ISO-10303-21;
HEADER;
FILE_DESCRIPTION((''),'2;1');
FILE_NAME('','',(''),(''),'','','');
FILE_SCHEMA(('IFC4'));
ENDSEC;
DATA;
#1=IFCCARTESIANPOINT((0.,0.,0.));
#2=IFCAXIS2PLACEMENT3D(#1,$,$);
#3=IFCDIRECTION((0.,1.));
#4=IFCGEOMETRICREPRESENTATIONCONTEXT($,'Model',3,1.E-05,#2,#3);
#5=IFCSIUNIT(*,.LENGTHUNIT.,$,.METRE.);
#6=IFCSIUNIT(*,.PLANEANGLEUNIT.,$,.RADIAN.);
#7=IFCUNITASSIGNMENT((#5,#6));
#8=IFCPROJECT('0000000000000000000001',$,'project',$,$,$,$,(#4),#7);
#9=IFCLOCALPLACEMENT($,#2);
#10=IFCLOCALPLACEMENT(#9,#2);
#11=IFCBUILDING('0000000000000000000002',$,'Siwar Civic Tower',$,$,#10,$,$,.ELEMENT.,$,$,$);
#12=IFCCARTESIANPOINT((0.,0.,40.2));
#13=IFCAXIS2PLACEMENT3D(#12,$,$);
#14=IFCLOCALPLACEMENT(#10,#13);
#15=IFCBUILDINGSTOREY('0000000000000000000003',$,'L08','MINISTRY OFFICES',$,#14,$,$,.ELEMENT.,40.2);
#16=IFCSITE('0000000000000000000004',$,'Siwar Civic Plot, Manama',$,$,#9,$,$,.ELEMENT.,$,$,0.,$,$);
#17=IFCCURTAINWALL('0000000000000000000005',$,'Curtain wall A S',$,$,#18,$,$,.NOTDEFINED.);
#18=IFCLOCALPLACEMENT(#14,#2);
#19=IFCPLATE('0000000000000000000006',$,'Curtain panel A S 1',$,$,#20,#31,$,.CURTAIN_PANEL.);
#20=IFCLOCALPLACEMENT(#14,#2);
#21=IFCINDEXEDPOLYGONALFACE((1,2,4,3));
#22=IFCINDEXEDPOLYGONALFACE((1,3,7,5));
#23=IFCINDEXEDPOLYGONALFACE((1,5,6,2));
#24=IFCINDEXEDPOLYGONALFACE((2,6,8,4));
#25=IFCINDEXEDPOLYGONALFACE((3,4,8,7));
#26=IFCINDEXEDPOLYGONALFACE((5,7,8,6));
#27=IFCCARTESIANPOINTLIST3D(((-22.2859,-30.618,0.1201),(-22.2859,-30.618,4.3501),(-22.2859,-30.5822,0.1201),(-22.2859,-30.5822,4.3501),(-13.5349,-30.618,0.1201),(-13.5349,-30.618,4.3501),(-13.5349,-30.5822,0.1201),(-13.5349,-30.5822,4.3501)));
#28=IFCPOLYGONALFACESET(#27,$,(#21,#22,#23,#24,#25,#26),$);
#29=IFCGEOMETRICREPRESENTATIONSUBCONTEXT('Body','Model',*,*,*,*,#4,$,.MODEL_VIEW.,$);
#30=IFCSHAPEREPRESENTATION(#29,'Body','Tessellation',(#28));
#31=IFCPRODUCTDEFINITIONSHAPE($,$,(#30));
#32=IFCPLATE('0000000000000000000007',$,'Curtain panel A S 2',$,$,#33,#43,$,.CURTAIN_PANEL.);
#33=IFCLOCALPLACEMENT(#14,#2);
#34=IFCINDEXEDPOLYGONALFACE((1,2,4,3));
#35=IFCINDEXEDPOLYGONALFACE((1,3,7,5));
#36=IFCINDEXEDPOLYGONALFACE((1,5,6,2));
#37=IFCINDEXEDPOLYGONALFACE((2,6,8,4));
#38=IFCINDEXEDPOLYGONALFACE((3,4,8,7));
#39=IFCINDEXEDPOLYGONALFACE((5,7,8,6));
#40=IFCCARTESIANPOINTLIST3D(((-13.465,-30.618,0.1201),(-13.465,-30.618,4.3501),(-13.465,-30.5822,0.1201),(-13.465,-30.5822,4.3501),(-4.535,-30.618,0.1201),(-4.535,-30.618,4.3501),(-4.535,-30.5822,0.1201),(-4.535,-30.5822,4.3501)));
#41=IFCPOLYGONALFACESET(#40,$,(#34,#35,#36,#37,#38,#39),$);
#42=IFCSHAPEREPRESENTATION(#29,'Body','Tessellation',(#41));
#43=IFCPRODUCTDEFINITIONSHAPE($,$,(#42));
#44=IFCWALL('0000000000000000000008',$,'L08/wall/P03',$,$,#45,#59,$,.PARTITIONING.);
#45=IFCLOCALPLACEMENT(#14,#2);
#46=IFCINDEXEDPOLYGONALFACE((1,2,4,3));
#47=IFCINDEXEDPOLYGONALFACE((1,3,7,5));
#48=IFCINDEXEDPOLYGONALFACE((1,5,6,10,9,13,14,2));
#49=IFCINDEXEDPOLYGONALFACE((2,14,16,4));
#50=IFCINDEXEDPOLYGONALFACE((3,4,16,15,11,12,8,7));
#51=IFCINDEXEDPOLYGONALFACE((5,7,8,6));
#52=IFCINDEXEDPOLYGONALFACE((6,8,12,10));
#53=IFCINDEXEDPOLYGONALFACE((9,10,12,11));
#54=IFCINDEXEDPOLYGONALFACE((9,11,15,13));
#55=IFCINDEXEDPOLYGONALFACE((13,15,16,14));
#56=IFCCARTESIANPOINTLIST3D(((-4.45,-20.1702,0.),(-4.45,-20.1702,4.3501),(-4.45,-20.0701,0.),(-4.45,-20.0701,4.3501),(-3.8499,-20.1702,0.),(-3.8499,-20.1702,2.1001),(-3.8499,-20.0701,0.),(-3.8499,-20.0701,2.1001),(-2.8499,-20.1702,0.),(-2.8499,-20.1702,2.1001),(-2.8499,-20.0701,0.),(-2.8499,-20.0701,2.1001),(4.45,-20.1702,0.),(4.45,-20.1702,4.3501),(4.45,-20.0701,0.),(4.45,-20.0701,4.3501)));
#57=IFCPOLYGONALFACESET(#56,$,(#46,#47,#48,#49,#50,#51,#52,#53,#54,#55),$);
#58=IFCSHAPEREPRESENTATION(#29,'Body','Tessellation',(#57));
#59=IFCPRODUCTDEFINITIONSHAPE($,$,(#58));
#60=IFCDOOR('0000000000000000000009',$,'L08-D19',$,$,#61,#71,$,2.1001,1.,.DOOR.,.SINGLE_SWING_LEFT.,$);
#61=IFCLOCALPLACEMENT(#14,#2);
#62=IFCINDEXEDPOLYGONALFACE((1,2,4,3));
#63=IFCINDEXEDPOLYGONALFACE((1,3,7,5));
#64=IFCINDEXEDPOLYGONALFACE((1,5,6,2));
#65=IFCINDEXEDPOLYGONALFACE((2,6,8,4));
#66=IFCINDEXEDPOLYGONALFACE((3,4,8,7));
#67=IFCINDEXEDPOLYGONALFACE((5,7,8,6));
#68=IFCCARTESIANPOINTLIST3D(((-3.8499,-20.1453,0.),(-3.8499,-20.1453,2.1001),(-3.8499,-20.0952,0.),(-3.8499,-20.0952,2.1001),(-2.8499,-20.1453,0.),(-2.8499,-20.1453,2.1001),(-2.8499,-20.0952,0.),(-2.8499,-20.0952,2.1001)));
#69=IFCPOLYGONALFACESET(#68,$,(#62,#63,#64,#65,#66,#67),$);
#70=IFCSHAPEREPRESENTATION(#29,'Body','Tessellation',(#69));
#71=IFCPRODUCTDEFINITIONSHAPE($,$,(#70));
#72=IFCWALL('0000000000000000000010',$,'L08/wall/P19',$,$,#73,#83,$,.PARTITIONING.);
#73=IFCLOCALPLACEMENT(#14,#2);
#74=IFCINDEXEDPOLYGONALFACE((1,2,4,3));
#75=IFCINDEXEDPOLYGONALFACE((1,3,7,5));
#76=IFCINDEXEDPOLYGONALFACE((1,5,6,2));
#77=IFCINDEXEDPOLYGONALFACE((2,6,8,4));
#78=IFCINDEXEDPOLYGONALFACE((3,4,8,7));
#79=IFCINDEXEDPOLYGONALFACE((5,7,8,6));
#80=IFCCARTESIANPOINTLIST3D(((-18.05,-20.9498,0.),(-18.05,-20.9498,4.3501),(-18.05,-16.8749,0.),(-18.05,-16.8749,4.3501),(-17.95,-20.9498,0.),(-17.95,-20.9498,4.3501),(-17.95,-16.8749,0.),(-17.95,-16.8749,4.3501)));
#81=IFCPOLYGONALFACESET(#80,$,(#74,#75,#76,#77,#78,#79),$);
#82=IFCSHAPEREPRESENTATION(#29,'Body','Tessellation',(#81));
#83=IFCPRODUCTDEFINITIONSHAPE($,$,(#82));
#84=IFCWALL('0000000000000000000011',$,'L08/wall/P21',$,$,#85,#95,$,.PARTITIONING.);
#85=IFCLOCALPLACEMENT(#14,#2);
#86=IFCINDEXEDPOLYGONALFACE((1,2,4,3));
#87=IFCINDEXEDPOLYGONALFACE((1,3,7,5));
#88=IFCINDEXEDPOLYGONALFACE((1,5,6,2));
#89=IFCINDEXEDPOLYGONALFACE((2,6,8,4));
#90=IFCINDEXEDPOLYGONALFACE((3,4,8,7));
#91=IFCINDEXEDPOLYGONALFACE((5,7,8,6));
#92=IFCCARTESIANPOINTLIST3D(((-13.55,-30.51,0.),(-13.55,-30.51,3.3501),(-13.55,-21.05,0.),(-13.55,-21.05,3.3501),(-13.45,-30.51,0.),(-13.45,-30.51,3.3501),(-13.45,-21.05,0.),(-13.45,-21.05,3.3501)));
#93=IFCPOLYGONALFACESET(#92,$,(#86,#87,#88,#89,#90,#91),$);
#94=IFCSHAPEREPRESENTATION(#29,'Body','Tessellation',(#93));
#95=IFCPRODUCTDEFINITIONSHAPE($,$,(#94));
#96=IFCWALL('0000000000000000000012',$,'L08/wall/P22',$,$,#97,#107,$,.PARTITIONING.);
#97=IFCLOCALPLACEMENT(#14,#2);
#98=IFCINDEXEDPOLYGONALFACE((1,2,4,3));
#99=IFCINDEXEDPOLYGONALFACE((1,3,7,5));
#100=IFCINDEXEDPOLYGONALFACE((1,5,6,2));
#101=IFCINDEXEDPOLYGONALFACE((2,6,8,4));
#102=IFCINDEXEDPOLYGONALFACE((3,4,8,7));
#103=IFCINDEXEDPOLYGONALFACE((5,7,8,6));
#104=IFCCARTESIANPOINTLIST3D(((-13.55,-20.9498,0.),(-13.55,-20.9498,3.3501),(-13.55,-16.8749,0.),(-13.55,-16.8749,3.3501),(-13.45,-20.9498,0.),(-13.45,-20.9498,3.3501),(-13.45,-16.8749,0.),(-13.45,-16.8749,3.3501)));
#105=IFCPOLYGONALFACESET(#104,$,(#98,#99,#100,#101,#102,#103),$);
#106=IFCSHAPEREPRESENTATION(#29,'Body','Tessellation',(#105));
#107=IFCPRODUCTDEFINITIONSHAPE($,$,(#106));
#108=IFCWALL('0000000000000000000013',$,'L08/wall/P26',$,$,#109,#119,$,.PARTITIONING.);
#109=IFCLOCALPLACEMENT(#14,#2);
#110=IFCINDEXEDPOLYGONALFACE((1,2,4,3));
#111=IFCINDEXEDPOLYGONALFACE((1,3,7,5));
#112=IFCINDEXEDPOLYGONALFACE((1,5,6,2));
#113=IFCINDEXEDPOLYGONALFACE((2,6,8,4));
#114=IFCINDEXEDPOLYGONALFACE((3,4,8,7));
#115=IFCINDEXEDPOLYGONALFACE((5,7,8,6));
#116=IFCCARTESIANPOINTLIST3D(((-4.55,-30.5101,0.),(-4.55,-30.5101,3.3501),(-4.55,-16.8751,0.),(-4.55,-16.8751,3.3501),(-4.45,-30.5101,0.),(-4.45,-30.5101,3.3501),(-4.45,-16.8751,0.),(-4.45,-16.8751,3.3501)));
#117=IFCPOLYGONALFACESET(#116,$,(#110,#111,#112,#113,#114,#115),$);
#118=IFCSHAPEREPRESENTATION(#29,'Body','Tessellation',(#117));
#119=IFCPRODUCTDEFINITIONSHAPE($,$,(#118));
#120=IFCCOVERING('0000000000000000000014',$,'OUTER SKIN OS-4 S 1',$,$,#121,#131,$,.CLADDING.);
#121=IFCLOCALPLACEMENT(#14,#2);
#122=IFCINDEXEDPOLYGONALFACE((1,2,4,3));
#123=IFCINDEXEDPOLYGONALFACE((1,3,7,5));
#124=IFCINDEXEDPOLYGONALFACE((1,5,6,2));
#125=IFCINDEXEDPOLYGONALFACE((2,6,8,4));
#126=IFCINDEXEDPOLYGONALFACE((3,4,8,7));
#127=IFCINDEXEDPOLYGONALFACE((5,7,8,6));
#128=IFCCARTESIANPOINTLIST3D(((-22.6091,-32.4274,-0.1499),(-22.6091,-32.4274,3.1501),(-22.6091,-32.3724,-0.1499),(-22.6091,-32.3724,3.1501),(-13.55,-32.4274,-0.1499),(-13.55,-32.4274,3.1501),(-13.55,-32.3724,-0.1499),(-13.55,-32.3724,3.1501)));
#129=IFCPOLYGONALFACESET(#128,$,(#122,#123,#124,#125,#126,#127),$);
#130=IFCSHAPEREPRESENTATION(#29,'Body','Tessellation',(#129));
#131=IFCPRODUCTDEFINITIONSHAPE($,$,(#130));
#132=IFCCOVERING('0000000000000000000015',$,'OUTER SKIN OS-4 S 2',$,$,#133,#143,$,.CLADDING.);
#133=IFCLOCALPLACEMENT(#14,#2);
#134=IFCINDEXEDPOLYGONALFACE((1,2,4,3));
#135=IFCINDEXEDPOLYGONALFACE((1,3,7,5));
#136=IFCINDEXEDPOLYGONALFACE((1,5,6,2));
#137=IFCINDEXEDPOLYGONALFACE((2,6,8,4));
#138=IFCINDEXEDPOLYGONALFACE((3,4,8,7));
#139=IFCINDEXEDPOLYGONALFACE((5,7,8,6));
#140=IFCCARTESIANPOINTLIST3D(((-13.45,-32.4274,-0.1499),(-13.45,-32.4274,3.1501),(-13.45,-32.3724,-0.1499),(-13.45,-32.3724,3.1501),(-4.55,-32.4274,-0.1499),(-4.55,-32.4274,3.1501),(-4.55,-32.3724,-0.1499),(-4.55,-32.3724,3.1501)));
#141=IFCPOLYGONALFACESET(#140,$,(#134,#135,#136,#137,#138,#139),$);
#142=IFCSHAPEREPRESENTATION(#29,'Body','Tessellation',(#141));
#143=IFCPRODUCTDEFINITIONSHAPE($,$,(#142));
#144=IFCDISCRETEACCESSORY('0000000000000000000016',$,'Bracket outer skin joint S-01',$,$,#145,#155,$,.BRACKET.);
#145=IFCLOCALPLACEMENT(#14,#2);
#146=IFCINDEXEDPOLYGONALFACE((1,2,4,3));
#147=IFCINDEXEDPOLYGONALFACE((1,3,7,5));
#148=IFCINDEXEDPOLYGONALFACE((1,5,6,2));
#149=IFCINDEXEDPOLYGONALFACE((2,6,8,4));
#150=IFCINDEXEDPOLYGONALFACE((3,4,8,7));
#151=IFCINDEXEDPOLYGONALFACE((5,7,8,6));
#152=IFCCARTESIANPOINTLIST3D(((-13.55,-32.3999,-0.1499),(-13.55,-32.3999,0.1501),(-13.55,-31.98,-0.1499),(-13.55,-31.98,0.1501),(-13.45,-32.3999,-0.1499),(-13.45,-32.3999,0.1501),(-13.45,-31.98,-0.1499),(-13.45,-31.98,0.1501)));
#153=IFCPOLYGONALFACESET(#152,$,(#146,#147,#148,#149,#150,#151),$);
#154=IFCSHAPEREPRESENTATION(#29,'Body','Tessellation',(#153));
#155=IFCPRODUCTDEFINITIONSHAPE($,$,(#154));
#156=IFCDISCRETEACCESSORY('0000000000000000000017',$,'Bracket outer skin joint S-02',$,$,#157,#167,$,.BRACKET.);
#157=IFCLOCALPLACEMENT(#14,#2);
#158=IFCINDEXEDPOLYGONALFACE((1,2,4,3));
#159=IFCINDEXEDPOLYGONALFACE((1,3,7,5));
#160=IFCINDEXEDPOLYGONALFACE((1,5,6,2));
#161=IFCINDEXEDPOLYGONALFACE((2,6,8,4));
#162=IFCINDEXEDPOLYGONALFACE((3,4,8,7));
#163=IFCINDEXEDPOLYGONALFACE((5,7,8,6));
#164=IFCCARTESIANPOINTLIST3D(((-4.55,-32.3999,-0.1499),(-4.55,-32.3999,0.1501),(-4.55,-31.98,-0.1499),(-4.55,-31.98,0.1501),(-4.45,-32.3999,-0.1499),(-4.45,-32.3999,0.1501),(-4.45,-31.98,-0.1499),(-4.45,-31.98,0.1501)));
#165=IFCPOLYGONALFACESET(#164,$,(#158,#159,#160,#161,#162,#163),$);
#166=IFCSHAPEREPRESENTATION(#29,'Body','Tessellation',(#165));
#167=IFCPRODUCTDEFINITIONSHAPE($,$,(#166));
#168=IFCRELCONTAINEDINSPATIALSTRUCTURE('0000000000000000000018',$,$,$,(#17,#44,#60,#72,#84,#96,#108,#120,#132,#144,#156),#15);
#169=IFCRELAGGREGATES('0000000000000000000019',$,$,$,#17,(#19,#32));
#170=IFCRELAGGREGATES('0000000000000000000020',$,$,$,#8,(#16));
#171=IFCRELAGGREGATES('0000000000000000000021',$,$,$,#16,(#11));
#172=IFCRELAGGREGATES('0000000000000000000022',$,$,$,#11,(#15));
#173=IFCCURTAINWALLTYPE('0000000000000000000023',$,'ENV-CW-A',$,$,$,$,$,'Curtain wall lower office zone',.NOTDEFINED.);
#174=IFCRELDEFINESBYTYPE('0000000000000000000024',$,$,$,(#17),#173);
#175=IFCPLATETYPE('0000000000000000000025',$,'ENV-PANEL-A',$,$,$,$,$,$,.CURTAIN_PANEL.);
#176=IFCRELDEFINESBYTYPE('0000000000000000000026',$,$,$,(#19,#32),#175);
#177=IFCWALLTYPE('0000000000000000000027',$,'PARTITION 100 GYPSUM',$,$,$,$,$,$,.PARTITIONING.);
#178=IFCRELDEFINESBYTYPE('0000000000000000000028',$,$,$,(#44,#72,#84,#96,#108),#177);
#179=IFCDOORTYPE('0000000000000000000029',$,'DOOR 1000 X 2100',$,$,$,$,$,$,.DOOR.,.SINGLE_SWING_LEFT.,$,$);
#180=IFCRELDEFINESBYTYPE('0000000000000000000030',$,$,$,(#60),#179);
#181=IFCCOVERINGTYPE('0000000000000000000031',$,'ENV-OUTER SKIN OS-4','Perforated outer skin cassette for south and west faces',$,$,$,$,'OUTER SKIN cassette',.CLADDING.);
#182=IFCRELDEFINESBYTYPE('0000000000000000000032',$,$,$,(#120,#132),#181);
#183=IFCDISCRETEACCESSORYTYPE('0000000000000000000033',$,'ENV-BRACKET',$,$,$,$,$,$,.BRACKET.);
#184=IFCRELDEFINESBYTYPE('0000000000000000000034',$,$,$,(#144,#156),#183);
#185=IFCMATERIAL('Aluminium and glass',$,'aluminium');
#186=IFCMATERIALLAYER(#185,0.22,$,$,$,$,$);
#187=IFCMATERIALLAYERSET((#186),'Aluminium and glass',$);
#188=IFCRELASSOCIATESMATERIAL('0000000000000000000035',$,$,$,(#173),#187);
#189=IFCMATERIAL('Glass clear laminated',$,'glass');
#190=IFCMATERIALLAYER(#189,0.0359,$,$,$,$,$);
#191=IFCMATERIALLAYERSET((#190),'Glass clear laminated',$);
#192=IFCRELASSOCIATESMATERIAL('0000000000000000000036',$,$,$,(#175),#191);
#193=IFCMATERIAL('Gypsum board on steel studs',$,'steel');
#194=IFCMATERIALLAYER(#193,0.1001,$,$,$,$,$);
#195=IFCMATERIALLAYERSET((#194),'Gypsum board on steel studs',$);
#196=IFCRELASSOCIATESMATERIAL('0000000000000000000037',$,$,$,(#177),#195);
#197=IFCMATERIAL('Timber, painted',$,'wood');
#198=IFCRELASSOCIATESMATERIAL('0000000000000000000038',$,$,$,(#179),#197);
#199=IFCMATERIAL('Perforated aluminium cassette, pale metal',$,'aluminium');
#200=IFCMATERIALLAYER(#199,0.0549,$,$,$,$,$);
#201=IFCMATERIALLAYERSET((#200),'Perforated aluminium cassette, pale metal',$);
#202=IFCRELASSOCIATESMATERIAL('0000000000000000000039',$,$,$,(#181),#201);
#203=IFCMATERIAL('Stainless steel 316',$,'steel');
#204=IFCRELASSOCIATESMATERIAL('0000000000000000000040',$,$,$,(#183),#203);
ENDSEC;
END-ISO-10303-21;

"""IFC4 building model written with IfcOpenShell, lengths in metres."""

from ifc_helpers import new_model, si_unit, direction, frame, frame_2d, origin, origin_2d, place, context, subcontext, project, spatial, rectangle, extrude, material, layer, layer_set, type_object, element, fill, aggregate, save


model = new_model("IFC4")

# Units and contexts
model_context = context("Model", 3, precision=1e-05, world=origin(), true_north=direction((0.0, 1.0)))
body_context = subcontext(model_context, "Body", "Model", "MODEL_VIEW")
ifc_project = project(units=[si_unit("LENGTHUNIT", "METRE"), si_unit("PLANEANGLEUNIT", "RADIAN")], contexts=[model_context])

# Site, building, storey
site_placement = place(None, origin())
site = spatial("IfcSite", under=ifc_project, at=site_placement, Name="Siwar Civic Plot, Manama", CompositionType="ELEMENT", RefElevation=0.0)
building_placement = place(site_placement, origin())
building = spatial("IfcBuilding", under=site, at=building_placement, Name="Siwar Civic Tower", CompositionType="ELEMENT")
storey_placement = place(building_placement, frame((0.0, 0.0, 40.2)))
storey = spatial("IfcBuildingStorey", under=building, at=storey_placement, Name="L08", Description="MINISTRY OFFICES", CompositionType="ELEMENT", Elevation=40.2)

# Curtain wall
ifc_material_1 = material(Name="Aluminium and glass", Category="aluminium")
ifc_layer_1 = layer(ifc_material_1, 0.22)
ifc_layer_set_1 = layer_set([ifc_layer_1], Name="Aluminium and glass")
curtain_wall_type = type_object("IfcCurtainWallType", Name="ENV-CW-A", ElementType="Curtain wall lower office zone", PredefinedType="NOTDEFINED", material=ifc_layer_set_1)
curtain_wall_placement = place(storey_placement, origin())
curtain_wall = element("IfcCurtainWall", 1, at=curtain_wall_placement, inside=storey, type_object=curtain_wall_type, Name="Curtain wall A S", PredefinedType="NOTDEFINED")

# Plates
ifc_material_2 = material(Name="Glass clear laminated", Category="glass")
ifc_layer_2 = layer(ifc_material_2, 0.0359)
ifc_layer_set_2 = layer_set([ifc_layer_2], Name="Glass clear laminated")
plate_type = type_object("IfcPlateType", Name="ENV-PANEL-A", PredefinedType="CURTAIN_PANEL", material=ifc_layer_set_2)
plate_1_placement = place(storey_placement, frame((-17.9104, -30.6001, 0.1201), z_axis=(0.0, 0.0, 1.0), x_axis=(1.0, 0.0, 0.0)))
plate_1 = element("IfcPlate", 2, at=plate_1_placement, type_object=plate_type, Name="Curtain panel A S 1", PredefinedType="CURTAIN_PANEL", context=body_context, shape_type="SweptSolid", body=[
    extrude(rectangle(XDim=8.751, YDim=0.0359, at=origin_2d()), origin(), (0.0, 0.0, 1.0), 4.23),
])
plate_2_placement = place(storey_placement, frame((-9.0, -30.6001, 0.1201), z_axis=(0.0, 0.0, 1.0), x_axis=(1.0, 0.0, 0.0)))
plate_2 = element("IfcPlate", 3, at=plate_2_placement, type_object=plate_type, Name="Curtain panel A S 2", PredefinedType="CURTAIN_PANEL", context=body_context, shape_type="SweptSolid", body=[
    extrude(rectangle(XDim=8.9299, YDim=0.0359, at=origin_2d()), origin(), (0.0, 0.0, 1.0), 4.23),
])
aggregate(curtain_wall, [plate_1, plate_2])

# Wall, opening, door
ifc_material_3 = material(Name="Gypsum board on steel studs", Category="steel")
ifc_layer_3 = layer(ifc_material_3, 0.1001)
ifc_layer_set_3 = layer_set([ifc_layer_3], Name="Gypsum board on steel studs")
wall_type = type_object("IfcWallType", Name="PARTITION 100 GYPSUM", PredefinedType="PARTITIONING", material=ifc_layer_set_3)
wall_1_placement = place(storey_placement, frame((-4.45, -20.1201, 0.0), z_axis=(0.0, 0.0, 1.0), x_axis=(1.0, 0.0, 0.0)))
wall_1 = element("IfcWall", 4, at=wall_1_placement, inside=storey, type_object=wall_type, Name="L08/wall/P03", PredefinedType="PARTITIONING", context=body_context, shape_type="SweptSolid", body=[
    extrude(rectangle(XDim=8.8999, YDim=0.1001, at=frame_2d((4.45, 0.0))), origin(), (0.0, 0.0, 1.0), 4.3501),
])
opening_placement = place(wall_1_placement, frame((0.6001, 0.0, 0.0)))
opening = element("IfcOpeningElement", 5, at=opening_placement, cuts=wall_1, PredefinedType="OPENING", context=body_context, shape_type="SweptSolid", body=[
    extrude(rectangle(XDim=1.0, YDim=2.1001, at=frame_2d((0.5, 1.05))), frame((0.0, 0.0601, 0.0), z_axis=(0.0, -1.0, 0.0), x_axis=(1.0, 0.0, 0.0)), (0.0, 0.0, 1.0), 0.1201),
])
ifc_material_4 = material(Name="Timber, painted", Category="wood")
door_type = type_object("IfcDoorType", Name="DOOR 1000 X 2100", OperationType="SINGLE_SWING_LEFT", PredefinedType="DOOR", material=ifc_material_4)
door_placement = place(opening_placement, origin())
door = element("IfcDoor", 6, at=door_placement, inside=storey, type_object=door_type, Name="L08-D19", OperationType="SINGLE_SWING_LEFT", OverallHeight=2.1001, OverallWidth=1.0, PredefinedType="DOOR", context=body_context, shape_type="SweptSolid", body=[
    extrude(rectangle(XDim=1.0, YDim=2.1001, at=frame_2d((0.5, 1.05))), frame((0.0, 0.0249, 0.0), z_axis=(0.0, -1.0, 0.0), x_axis=(1.0, 0.0, 0.0)), (0.0, 0.0, 1.0), 0.05),
])
fill(opening, door)

# Walls
wall_2_placement = place(storey_placement, frame((-18.0, -20.95, 0.0), z_axis=(0.0, 0.0, 1.0), x_axis=(0.0, 1.0, 0.0)))
element("IfcWall", 7, at=wall_2_placement, inside=storey, type_object=wall_type, Name="L08/wall/P19", PredefinedType="PARTITIONING", context=body_context, shape_type="SweptSolid", body=[
    extrude(rectangle(XDim=4.075, YDim=0.1001, at=frame_2d((2.0376, 0.0))), origin(), (0.0, 0.0, 1.0), 4.3501),
])
wall_3_placement = place(storey_placement, frame((-13.5, -30.51, 0.0), z_axis=(0.0, 0.0, 1.0), x_axis=(0.0, 1.0, 0.0)))
element("IfcWall", 8, at=wall_3_placement, inside=storey, type_object=wall_type, Name="L08/wall/P21", PredefinedType="PARTITIONING", context=body_context, shape_type="SweptSolid", body=[
    extrude(rectangle(XDim=9.46, YDim=0.1001, at=frame_2d((4.73, 0.0))), origin(), (0.0, 0.0, 1.0), 3.3501),
])
wall_4_placement = place(storey_placement, frame((-13.5, -20.95, 0.0), z_axis=(0.0, 0.0, 1.0), x_axis=(0.0, 1.0, 0.0)))
element("IfcWall", 9, at=wall_4_placement, inside=storey, type_object=wall_type, Name="L08/wall/P22", PredefinedType="PARTITIONING", context=body_context, shape_type="SweptSolid", body=[
    extrude(rectangle(XDim=4.075, YDim=0.1001, at=frame_2d((2.0376, 0.0))), origin(), (0.0, 0.0, 1.0), 3.3501),
])
wall_5_placement = place(storey_placement, frame((-4.5, -30.51, 0.0), z_axis=(0.0, 0.0, 1.0), x_axis=(0.0, 1.0, 0.0)))
element("IfcWall", 10, at=wall_5_placement, inside=storey, type_object=wall_type, Name="L08/wall/P26", PredefinedType="PARTITIONING", context=body_context, shape_type="SweptSolid", body=[
    extrude(rectangle(XDim=13.635, YDim=0.1001, at=frame_2d((6.8174, 0.0))), origin(), (0.0, 0.0, 1.0), 3.3501),
])

# Coverings
ifc_material_5 = material(Name="Perforated aluminium cassette, pale metal", Category="aluminium")
ifc_layer_4 = layer(ifc_material_5, 0.0549)
ifc_layer_set_4 = layer_set([ifc_layer_4], Name="Perforated aluminium cassette, pale metal")
covering_type = type_object("IfcCoveringType", Name="ENV-OUTER SKIN OS-4", Description="Perforated outer skin cassette for south and west faces", ElementType="OUTER SKIN cassette", PredefinedType="CLADDING", material=ifc_layer_set_4)
covering_1_placement = place(storey_placement, frame((-18.0796, -32.3999, -0.1499), z_axis=(0.0, 0.0, 1.0), x_axis=(1.0, 0.0, 0.0)))
element("IfcCovering", 11, at=covering_1_placement, inside=storey, type_object=covering_type, Name="OUTER SKIN OS-4 S 1", PredefinedType="CLADDING", context=body_context, shape_type="SweptSolid", body=[
    extrude(rectangle(XDim=9.0591, YDim=0.0549, at=origin_2d()), origin(), (0.0, 0.0, 1.0), 3.3),
])
covering_2_placement = place(storey_placement, frame((-9.0, -32.3999, -0.1499), z_axis=(0.0, 0.0, 1.0), x_axis=(1.0, 0.0, 0.0)))
element("IfcCovering", 12, at=covering_2_placement, inside=storey, type_object=covering_type, Name="OUTER SKIN OS-4 S 2", PredefinedType="CLADDING", context=body_context, shape_type="SweptSolid", body=[
    extrude(rectangle(XDim=8.8999, YDim=0.0549, at=origin_2d()), origin(), (0.0, 0.0, 1.0), 3.3),
])

# Discrete accessories
ifc_material_6 = material(Name="Stainless steel 316", Category="steel")
discrete_accessory_type = type_object("IfcDiscreteAccessoryType", Name="ENV-BRACKET", PredefinedType="BRACKET", material=ifc_material_6)
for number, where, z_axis, x_axis, name in (
    (13, (-13.5, -32.1899, -0.1499), (0.0, 0.0, 1.0), (0.0, -1.0, 0.0), "Bracket outer skin joint S-01"),
    (14, (-4.5, -32.1899, -0.1499), (0.0, 0.0, 1.0), (0.0, -1.0, 0.0), "Bracket outer skin joint S-02"),
):
    element("IfcDiscreteAccessory", number, at=place(storey_placement, frame(where, z_axis=z_axis, x_axis=x_axis)), inside=storey, type_object=discrete_accessory_type, Name=name, PredefinedType="BRACKET", context=body_context, shape_type="SweptSolid", body=[
        extrude(rectangle(XDim=0.4199, YDim=0.1001, at=origin_2d()), origin(), (0.0, 0.0, 1.0), 0.3),
    ])

save(model, "model.ifc")
